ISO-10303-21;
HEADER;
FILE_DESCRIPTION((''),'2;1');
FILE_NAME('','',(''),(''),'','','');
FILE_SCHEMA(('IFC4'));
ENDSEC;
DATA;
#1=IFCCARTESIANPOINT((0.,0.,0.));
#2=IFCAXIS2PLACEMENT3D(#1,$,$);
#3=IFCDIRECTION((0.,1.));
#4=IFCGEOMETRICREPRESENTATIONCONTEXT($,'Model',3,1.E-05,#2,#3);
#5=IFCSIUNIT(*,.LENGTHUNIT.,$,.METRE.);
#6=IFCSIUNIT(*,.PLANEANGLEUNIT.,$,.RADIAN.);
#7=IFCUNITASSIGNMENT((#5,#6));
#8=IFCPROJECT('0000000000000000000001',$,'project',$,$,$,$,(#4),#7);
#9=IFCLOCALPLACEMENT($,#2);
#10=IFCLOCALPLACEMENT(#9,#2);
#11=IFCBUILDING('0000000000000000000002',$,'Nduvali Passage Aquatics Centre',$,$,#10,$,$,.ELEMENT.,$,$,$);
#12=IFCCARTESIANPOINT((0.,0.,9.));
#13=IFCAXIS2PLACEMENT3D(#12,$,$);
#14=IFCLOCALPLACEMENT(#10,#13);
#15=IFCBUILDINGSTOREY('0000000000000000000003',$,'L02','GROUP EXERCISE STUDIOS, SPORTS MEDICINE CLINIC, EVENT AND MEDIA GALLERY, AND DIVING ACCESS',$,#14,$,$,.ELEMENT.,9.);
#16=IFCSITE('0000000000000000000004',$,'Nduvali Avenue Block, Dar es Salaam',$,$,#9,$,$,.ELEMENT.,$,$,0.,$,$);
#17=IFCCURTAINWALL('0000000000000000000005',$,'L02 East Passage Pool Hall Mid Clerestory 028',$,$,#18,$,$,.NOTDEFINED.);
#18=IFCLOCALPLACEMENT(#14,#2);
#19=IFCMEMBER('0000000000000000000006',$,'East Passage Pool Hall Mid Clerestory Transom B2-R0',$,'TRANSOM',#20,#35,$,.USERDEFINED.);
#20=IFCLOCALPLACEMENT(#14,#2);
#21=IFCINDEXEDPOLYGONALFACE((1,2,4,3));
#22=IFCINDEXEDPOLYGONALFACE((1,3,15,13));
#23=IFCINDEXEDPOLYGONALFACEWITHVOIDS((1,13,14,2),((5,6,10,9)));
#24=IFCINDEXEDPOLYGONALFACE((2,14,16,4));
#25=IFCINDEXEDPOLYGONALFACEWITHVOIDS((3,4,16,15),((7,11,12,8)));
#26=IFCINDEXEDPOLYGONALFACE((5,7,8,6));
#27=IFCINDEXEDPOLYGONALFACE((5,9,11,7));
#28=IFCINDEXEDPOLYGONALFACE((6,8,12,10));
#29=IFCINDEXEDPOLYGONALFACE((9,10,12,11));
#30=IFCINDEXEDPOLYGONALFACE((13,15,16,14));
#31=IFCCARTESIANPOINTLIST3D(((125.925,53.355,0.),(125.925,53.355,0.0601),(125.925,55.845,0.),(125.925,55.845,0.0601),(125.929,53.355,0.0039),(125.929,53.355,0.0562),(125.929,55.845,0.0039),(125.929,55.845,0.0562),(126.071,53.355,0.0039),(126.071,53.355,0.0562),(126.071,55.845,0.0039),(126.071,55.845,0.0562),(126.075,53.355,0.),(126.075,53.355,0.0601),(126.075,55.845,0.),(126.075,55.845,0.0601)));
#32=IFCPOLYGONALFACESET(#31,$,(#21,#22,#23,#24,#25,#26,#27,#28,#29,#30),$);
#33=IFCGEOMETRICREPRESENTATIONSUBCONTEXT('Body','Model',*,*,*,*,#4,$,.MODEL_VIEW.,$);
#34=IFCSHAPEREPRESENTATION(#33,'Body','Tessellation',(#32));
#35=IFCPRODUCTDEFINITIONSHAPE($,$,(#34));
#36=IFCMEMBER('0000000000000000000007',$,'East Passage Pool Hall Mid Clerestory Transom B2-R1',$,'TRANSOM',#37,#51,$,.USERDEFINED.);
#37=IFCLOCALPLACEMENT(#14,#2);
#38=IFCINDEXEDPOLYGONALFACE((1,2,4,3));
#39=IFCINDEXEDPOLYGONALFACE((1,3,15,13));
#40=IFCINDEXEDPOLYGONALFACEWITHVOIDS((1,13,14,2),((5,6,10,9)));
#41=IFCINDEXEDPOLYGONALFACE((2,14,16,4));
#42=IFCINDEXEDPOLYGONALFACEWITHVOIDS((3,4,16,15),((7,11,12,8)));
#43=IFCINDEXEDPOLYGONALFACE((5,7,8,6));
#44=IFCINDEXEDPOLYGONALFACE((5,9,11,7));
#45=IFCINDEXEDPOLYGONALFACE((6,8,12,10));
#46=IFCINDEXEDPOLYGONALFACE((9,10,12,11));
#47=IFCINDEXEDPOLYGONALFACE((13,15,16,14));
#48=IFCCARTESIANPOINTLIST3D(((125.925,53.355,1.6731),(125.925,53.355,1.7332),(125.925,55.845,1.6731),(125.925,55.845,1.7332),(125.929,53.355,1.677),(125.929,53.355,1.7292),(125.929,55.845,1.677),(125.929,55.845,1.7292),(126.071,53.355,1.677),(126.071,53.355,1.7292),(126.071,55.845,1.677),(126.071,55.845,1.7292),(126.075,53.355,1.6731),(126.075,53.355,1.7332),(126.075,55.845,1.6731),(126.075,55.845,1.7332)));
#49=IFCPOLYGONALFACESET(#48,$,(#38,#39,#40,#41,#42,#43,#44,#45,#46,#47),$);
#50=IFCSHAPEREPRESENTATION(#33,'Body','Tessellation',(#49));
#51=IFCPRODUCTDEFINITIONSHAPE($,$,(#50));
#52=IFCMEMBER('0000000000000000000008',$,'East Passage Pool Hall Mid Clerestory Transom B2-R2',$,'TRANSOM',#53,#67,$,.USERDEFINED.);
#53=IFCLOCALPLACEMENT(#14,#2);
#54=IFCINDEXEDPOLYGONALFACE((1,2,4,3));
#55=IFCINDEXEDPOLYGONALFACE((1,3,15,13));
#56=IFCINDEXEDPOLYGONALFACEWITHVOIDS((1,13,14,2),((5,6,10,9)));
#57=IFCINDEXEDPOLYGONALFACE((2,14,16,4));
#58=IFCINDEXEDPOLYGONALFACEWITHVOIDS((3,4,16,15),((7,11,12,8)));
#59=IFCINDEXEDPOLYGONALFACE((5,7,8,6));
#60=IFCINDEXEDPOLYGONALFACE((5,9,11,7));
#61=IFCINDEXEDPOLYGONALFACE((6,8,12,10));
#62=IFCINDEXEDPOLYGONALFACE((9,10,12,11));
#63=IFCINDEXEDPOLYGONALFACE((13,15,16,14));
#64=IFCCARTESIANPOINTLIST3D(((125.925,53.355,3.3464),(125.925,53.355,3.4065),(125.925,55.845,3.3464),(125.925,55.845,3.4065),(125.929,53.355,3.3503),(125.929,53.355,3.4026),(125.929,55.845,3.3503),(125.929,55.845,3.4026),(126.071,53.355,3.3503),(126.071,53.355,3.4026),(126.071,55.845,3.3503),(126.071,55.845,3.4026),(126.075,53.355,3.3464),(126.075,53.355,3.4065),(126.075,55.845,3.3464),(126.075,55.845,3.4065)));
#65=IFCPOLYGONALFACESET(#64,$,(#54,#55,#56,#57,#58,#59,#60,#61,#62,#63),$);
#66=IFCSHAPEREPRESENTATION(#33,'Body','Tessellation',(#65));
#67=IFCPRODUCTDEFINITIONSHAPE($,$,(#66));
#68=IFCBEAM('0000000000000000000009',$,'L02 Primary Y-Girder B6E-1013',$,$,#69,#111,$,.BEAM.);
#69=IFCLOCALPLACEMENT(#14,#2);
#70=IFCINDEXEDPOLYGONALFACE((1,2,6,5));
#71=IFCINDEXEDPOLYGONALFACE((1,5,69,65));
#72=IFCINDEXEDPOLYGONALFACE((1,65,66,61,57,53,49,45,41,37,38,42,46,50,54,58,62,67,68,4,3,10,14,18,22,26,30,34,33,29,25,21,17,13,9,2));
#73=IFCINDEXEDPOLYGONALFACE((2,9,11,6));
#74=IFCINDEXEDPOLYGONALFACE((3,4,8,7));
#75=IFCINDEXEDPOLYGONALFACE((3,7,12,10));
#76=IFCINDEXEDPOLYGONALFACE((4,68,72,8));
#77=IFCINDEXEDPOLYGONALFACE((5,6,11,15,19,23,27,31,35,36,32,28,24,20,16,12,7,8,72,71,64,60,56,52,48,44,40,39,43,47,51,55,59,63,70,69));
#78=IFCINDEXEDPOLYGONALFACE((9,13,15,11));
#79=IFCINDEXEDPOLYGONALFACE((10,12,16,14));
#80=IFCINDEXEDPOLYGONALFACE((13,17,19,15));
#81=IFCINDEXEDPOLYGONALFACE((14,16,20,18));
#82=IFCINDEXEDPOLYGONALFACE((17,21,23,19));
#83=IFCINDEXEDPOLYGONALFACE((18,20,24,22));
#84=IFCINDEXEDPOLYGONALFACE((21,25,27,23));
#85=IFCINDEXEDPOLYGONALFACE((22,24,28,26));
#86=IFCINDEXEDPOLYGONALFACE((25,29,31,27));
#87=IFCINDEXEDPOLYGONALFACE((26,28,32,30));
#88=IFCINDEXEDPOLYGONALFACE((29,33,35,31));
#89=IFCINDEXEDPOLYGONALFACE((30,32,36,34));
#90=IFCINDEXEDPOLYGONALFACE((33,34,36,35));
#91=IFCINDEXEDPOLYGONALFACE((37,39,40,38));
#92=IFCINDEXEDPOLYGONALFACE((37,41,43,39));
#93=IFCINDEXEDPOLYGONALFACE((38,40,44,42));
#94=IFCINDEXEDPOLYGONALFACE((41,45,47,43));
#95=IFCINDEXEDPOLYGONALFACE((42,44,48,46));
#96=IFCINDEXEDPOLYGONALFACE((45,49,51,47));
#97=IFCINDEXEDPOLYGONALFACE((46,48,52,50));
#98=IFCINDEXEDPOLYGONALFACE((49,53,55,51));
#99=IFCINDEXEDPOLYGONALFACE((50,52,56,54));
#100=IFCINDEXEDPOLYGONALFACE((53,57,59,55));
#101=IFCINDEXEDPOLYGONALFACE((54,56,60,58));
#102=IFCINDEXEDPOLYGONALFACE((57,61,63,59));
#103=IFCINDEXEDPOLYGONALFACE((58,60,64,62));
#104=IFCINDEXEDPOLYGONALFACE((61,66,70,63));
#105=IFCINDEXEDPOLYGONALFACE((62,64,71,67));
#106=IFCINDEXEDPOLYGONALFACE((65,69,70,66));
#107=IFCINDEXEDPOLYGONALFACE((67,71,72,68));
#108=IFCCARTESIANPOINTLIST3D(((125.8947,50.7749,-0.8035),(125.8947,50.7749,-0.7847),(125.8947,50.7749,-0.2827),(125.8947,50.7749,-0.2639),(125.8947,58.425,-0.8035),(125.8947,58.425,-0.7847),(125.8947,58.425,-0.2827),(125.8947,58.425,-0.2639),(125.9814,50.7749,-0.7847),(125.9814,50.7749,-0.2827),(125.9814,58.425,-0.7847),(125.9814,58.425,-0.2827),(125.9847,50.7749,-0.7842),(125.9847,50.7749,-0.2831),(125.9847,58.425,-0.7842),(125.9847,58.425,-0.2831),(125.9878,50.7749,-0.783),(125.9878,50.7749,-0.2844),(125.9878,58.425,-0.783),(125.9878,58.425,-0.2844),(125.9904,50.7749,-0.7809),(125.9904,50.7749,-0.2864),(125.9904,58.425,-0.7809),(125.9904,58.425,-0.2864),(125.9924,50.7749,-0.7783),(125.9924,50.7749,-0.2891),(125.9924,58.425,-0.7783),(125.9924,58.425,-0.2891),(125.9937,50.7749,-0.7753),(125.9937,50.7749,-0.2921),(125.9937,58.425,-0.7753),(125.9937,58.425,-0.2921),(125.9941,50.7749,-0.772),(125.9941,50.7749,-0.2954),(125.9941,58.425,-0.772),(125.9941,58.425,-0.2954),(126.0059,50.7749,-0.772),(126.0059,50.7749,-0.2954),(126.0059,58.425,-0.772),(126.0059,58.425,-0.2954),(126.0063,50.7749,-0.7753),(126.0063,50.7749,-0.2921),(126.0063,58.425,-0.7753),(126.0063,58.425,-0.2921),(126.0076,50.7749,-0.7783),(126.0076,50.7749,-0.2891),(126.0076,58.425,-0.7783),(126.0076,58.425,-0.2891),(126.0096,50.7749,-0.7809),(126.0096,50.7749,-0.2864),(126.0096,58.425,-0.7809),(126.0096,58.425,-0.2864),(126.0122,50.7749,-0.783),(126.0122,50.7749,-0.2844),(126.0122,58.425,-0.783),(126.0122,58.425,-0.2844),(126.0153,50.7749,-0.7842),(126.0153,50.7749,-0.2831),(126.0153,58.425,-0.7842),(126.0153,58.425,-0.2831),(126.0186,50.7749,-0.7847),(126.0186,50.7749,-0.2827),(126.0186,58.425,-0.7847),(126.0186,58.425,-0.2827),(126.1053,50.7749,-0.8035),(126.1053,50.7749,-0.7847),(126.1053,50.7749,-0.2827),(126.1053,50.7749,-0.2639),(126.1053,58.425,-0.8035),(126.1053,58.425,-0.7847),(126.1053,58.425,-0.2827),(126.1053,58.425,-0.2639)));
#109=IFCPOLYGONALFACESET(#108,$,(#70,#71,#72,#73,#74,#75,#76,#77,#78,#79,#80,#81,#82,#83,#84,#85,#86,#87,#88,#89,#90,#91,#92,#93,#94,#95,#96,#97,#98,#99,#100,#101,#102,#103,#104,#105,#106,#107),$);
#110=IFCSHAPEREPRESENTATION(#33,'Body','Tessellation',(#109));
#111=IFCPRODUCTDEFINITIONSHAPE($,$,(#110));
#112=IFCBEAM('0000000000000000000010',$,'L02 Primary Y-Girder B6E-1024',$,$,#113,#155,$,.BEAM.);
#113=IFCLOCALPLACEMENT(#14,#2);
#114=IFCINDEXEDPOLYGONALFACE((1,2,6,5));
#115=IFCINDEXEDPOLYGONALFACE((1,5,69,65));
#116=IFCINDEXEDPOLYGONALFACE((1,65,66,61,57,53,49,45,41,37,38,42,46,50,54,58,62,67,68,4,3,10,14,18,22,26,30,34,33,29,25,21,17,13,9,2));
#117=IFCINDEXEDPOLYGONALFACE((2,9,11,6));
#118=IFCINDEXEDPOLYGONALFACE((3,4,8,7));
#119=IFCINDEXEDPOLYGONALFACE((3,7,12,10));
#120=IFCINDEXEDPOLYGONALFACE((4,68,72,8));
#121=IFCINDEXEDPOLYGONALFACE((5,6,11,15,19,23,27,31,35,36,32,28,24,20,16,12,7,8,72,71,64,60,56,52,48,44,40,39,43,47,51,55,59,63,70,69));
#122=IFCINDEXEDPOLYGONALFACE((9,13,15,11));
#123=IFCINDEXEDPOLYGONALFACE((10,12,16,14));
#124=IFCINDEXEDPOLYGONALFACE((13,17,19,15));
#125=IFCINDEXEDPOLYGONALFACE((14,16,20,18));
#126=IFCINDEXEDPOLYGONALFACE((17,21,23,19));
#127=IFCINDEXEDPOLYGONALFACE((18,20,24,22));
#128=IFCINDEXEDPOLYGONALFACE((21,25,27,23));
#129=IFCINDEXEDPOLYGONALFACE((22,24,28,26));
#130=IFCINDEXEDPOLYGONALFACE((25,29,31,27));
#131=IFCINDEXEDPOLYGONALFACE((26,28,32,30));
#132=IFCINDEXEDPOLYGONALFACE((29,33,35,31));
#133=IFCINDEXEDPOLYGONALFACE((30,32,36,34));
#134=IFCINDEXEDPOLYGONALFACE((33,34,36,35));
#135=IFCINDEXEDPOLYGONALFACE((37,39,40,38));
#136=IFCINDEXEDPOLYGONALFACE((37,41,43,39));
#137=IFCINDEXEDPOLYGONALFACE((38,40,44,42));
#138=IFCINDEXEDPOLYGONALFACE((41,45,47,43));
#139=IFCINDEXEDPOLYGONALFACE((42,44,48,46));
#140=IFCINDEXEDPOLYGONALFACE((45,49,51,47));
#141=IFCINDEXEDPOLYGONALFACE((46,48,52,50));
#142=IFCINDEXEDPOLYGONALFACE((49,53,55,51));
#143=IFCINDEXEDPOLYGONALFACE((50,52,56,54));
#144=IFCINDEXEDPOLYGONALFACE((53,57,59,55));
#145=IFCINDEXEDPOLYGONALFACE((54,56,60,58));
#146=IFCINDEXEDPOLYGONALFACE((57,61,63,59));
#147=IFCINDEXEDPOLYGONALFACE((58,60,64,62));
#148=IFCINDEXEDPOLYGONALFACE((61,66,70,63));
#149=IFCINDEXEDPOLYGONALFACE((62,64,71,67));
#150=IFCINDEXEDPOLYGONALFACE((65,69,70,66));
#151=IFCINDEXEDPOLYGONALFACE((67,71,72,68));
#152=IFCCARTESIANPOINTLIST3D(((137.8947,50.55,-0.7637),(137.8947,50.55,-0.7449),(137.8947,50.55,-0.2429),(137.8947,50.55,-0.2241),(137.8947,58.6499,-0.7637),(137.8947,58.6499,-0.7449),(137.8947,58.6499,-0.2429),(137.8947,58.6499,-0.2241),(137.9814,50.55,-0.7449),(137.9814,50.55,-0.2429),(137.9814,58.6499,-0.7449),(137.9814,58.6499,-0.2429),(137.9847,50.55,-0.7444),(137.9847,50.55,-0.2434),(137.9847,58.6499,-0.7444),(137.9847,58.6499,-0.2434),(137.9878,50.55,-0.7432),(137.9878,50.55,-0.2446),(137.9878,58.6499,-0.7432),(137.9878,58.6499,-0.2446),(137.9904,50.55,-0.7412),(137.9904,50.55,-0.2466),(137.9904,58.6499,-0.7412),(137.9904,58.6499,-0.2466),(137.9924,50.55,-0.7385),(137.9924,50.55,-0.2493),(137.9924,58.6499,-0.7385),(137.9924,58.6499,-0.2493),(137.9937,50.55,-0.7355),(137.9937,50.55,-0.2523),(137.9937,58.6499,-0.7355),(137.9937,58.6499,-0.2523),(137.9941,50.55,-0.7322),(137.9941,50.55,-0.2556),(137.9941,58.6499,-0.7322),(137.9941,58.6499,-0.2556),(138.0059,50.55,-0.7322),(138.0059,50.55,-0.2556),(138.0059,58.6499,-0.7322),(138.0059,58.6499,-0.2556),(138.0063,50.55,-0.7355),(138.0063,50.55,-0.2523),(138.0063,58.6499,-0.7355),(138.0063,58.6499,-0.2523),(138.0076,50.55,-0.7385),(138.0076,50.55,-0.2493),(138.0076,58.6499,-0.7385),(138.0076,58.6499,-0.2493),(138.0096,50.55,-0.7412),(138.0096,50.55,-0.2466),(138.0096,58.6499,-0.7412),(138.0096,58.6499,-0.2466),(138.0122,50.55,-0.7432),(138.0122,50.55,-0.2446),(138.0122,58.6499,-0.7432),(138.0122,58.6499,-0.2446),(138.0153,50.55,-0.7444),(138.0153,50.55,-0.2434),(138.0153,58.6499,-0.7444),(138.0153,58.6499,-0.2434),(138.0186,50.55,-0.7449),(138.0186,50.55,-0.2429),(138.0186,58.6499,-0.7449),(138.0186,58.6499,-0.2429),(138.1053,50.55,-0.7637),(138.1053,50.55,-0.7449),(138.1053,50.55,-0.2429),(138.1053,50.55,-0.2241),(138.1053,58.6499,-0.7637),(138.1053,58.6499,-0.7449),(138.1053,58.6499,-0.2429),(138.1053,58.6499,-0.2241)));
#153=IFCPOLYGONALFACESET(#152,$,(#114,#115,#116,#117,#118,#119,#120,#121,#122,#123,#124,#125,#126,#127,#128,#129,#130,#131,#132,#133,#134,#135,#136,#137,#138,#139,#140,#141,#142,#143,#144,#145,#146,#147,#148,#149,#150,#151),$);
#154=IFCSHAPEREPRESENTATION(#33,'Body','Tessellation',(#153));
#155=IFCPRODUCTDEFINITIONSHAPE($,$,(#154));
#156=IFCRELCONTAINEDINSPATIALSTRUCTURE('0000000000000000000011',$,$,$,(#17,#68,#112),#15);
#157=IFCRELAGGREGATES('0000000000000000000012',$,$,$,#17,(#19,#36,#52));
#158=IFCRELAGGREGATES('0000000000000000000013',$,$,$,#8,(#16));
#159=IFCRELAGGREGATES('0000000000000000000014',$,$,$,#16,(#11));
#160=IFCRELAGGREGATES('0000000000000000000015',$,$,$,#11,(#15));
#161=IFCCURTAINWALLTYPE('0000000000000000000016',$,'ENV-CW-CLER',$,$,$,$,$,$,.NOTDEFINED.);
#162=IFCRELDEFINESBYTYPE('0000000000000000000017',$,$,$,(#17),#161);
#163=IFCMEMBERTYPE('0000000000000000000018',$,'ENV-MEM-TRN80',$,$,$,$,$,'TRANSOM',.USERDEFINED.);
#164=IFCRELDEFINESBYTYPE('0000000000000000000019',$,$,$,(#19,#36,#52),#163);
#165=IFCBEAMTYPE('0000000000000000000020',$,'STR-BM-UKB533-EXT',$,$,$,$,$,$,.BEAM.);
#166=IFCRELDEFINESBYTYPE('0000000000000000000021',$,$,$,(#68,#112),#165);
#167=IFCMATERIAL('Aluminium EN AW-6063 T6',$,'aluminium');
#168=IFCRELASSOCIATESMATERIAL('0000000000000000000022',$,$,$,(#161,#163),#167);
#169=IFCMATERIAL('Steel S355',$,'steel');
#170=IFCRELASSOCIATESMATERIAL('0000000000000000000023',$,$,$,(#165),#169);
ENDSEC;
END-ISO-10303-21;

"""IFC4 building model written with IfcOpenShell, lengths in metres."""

from ifc_helpers import new_model, si_unit, direction, frame, origin, origin_2d, place, context, subcontext, project, spatial, hollow_rectangle, i_section, extrude, material, material_profile, profile_set, type_object, element, aggregate, save


model = new_model("IFC4")

# Units and contexts
model_context = context("Model", 3, precision=1e-05, world=origin(), true_north=direction((0.0, 1.0)))
body_context = subcontext(model_context, "Body", "Model", "MODEL_VIEW")
ifc_project = project(units=[si_unit("LENGTHUNIT", "METRE"), si_unit("PLANEANGLEUNIT", "RADIAN")], contexts=[model_context])

# Site, building, storey
site_placement = place(None, origin())
site = spatial("IfcSite", under=ifc_project, at=site_placement, Name="Nduvali Avenue Block, Dar es Salaam", CompositionType="ELEMENT", RefElevation=0.0)
building_placement = place(site_placement, origin())
building = spatial("IfcBuilding", under=site, at=building_placement, Name="Nduvali Passage Aquatics Centre", CompositionType="ELEMENT")
storey_placement = place(building_placement, frame((0.0, 0.0, 9.0)))
storey = spatial("IfcBuildingStorey", under=building, at=storey_placement, Name="L02", Description="GROUP EXERCISE STUDIOS, SPORTS MEDICINE CLINIC, EVENT AND MEDIA GALLERY, AND DIVING ACCESS", CompositionType="ELEMENT", Elevation=9.0)

# Curtain wall
ifc_material_1 = material(Name="Aluminium EN AW-6063 T6", Category="aluminium")
curtain_wall_type = type_object("IfcCurtainWallType", Name="ENV-CW-CLER", PredefinedType="NOTDEFINED", material=ifc_material_1)
curtain_wall_1_placement = place(storey_placement, origin())
curtain_wall_1 = element("IfcCurtainWall", 1, at=curtain_wall_1_placement, inside=storey, type_object=curtain_wall_type, Name="L02 East Passage Pool Hall Mid Clerestory 028", PredefinedType="NOTDEFINED")

# Members
ifc_material_profile_1 = material_profile(ifc_material_1, hollow_rectangle(XDim=0.1499, YDim=0.0601, WallThickness=0.0039, at=origin_2d()), Name="ALU TRANSOM 150x60x4")
ifc_profile_set_1 = profile_set([ifc_material_profile_1], Name="Aluminium EN AW-6063 T6")
member_type_1 = type_object("IfcMemberType", Name="ENV-MEM-TRN80", ElementType="TRANSOM", PredefinedType="USERDEFINED", material=ifc_profile_set_1)
member_1_placement = place(storey_placement, frame((126.0, 53.355, 0.03), z_axis=(0.0, 1.0, 0.0), x_axis=(-1.0, 0.0, 0.0)))
member_1 = element("IfcMember", 2, at=member_1_placement, type_object=member_type_1, Name="East Passage Pool Hall Mid Clerestory Transom B2-R0", ObjectType="TRANSOM", PredefinedType="USERDEFINED", context=body_context, shape_type="SweptSolid", body=[
    extrude(hollow_rectangle(XDim=0.1499, YDim=0.0601, WallThickness=0.0039, at=origin_2d()), origin(), (0.0, 0.0, 1.0), 2.49),
])
member_2_placement = place(storey_placement, frame((126.0, 53.355, 1.7031), z_axis=(0.0, 1.0, 0.0), x_axis=(-1.0, 0.0, 0.0)))
member_2 = element("IfcMember", 3, at=member_2_placement, type_object=member_type_1, Name="East Passage Pool Hall Mid Clerestory Transom B2-R1", ObjectType="TRANSOM", PredefinedType="USERDEFINED", context=body_context, shape_type="SweptSolid", body=[
    extrude(hollow_rectangle(XDim=0.1499, YDim=0.0601, WallThickness=0.0039, at=origin_2d()), origin(), (0.0, 0.0, 1.0), 2.49),
])
member_3_placement = place(storey_placement, frame((126.0, 53.355, 3.3765), z_axis=(0.0, 1.0, 0.0), x_axis=(-1.0, 0.0, 0.0)))
member_3 = element("IfcMember", 4, at=member_3_placement, type_object=member_type_1, Name="East Passage Pool Hall Mid Clerestory Transom B2-R2", ObjectType="TRANSOM", PredefinedType="USERDEFINED", context=body_context, shape_type="SweptSolid", body=[
    extrude(hollow_rectangle(XDim=0.1499, YDim=0.0601, WallThickness=0.0039, at=origin_2d()), origin(), (0.0, 0.0, 1.0), 2.49),
])

# Beams
ifc_material_2 = material(Name="Steel S355", Category="steel")
ifc_material_profile_2 = material_profile(ifc_material_2, i_section(OverallWidth=0.2107, OverallDepth=0.5396, WebThickness=0.0117, FlangeThickness=0.0188, FilletRadius=0.0127, at=origin_2d()), Name="UKB 533x210x109")
ifc_profile_set_2 = profile_set([ifc_material_profile_2], Name="Steel S355")
beam_type_1 = type_object("IfcBeamType", Name="STR-BM-UKB533-EXT", PredefinedType="BEAM", material=ifc_profile_set_2)
beam_1_placement = place(storey_placement, frame((126.0, 50.7749, -0.5337), z_axis=(0.0, 1.0, 0.0), x_axis=(-1.0, 0.0, 0.0)))
element("IfcBeam", 5, at=beam_1_placement, inside=storey, type_object=beam_type_1, Name="L02 Primary Y-Girder B6E-1013", PredefinedType="BEAM", context=body_context, shape_type="SweptSolid", body=[
    extrude(i_section(OverallWidth=0.2107, OverallDepth=0.5396, WebThickness=0.0117, FlangeThickness=0.0188, FilletRadius=0.0127, at=origin_2d()), origin(), (0.0, 0.0, 1.0), 7.6501),
])
beam_2_placement = place(storey_placement, frame((138.0, 50.55, -0.4939), z_axis=(0.0, 1.0, 0.0), x_axis=(-1.0, 0.0, 0.0)))
element("IfcBeam", 6, at=beam_2_placement, inside=storey, type_object=beam_type_1, Name="L02 Primary Y-Girder B6E-1024", PredefinedType="BEAM", context=body_context, shape_type="SweptSolid", body=[
    extrude(i_section(OverallWidth=0.2107, OverallDepth=0.5396, WebThickness=0.0117, FlangeThickness=0.0188, FilletRadius=0.0127, at=origin_2d()), origin(), (0.0, 0.0, 1.0), 8.0999),
])

aggregate(curtain_wall_1, [member_1, member_2, member_3])

save(model, "model.ifc")
